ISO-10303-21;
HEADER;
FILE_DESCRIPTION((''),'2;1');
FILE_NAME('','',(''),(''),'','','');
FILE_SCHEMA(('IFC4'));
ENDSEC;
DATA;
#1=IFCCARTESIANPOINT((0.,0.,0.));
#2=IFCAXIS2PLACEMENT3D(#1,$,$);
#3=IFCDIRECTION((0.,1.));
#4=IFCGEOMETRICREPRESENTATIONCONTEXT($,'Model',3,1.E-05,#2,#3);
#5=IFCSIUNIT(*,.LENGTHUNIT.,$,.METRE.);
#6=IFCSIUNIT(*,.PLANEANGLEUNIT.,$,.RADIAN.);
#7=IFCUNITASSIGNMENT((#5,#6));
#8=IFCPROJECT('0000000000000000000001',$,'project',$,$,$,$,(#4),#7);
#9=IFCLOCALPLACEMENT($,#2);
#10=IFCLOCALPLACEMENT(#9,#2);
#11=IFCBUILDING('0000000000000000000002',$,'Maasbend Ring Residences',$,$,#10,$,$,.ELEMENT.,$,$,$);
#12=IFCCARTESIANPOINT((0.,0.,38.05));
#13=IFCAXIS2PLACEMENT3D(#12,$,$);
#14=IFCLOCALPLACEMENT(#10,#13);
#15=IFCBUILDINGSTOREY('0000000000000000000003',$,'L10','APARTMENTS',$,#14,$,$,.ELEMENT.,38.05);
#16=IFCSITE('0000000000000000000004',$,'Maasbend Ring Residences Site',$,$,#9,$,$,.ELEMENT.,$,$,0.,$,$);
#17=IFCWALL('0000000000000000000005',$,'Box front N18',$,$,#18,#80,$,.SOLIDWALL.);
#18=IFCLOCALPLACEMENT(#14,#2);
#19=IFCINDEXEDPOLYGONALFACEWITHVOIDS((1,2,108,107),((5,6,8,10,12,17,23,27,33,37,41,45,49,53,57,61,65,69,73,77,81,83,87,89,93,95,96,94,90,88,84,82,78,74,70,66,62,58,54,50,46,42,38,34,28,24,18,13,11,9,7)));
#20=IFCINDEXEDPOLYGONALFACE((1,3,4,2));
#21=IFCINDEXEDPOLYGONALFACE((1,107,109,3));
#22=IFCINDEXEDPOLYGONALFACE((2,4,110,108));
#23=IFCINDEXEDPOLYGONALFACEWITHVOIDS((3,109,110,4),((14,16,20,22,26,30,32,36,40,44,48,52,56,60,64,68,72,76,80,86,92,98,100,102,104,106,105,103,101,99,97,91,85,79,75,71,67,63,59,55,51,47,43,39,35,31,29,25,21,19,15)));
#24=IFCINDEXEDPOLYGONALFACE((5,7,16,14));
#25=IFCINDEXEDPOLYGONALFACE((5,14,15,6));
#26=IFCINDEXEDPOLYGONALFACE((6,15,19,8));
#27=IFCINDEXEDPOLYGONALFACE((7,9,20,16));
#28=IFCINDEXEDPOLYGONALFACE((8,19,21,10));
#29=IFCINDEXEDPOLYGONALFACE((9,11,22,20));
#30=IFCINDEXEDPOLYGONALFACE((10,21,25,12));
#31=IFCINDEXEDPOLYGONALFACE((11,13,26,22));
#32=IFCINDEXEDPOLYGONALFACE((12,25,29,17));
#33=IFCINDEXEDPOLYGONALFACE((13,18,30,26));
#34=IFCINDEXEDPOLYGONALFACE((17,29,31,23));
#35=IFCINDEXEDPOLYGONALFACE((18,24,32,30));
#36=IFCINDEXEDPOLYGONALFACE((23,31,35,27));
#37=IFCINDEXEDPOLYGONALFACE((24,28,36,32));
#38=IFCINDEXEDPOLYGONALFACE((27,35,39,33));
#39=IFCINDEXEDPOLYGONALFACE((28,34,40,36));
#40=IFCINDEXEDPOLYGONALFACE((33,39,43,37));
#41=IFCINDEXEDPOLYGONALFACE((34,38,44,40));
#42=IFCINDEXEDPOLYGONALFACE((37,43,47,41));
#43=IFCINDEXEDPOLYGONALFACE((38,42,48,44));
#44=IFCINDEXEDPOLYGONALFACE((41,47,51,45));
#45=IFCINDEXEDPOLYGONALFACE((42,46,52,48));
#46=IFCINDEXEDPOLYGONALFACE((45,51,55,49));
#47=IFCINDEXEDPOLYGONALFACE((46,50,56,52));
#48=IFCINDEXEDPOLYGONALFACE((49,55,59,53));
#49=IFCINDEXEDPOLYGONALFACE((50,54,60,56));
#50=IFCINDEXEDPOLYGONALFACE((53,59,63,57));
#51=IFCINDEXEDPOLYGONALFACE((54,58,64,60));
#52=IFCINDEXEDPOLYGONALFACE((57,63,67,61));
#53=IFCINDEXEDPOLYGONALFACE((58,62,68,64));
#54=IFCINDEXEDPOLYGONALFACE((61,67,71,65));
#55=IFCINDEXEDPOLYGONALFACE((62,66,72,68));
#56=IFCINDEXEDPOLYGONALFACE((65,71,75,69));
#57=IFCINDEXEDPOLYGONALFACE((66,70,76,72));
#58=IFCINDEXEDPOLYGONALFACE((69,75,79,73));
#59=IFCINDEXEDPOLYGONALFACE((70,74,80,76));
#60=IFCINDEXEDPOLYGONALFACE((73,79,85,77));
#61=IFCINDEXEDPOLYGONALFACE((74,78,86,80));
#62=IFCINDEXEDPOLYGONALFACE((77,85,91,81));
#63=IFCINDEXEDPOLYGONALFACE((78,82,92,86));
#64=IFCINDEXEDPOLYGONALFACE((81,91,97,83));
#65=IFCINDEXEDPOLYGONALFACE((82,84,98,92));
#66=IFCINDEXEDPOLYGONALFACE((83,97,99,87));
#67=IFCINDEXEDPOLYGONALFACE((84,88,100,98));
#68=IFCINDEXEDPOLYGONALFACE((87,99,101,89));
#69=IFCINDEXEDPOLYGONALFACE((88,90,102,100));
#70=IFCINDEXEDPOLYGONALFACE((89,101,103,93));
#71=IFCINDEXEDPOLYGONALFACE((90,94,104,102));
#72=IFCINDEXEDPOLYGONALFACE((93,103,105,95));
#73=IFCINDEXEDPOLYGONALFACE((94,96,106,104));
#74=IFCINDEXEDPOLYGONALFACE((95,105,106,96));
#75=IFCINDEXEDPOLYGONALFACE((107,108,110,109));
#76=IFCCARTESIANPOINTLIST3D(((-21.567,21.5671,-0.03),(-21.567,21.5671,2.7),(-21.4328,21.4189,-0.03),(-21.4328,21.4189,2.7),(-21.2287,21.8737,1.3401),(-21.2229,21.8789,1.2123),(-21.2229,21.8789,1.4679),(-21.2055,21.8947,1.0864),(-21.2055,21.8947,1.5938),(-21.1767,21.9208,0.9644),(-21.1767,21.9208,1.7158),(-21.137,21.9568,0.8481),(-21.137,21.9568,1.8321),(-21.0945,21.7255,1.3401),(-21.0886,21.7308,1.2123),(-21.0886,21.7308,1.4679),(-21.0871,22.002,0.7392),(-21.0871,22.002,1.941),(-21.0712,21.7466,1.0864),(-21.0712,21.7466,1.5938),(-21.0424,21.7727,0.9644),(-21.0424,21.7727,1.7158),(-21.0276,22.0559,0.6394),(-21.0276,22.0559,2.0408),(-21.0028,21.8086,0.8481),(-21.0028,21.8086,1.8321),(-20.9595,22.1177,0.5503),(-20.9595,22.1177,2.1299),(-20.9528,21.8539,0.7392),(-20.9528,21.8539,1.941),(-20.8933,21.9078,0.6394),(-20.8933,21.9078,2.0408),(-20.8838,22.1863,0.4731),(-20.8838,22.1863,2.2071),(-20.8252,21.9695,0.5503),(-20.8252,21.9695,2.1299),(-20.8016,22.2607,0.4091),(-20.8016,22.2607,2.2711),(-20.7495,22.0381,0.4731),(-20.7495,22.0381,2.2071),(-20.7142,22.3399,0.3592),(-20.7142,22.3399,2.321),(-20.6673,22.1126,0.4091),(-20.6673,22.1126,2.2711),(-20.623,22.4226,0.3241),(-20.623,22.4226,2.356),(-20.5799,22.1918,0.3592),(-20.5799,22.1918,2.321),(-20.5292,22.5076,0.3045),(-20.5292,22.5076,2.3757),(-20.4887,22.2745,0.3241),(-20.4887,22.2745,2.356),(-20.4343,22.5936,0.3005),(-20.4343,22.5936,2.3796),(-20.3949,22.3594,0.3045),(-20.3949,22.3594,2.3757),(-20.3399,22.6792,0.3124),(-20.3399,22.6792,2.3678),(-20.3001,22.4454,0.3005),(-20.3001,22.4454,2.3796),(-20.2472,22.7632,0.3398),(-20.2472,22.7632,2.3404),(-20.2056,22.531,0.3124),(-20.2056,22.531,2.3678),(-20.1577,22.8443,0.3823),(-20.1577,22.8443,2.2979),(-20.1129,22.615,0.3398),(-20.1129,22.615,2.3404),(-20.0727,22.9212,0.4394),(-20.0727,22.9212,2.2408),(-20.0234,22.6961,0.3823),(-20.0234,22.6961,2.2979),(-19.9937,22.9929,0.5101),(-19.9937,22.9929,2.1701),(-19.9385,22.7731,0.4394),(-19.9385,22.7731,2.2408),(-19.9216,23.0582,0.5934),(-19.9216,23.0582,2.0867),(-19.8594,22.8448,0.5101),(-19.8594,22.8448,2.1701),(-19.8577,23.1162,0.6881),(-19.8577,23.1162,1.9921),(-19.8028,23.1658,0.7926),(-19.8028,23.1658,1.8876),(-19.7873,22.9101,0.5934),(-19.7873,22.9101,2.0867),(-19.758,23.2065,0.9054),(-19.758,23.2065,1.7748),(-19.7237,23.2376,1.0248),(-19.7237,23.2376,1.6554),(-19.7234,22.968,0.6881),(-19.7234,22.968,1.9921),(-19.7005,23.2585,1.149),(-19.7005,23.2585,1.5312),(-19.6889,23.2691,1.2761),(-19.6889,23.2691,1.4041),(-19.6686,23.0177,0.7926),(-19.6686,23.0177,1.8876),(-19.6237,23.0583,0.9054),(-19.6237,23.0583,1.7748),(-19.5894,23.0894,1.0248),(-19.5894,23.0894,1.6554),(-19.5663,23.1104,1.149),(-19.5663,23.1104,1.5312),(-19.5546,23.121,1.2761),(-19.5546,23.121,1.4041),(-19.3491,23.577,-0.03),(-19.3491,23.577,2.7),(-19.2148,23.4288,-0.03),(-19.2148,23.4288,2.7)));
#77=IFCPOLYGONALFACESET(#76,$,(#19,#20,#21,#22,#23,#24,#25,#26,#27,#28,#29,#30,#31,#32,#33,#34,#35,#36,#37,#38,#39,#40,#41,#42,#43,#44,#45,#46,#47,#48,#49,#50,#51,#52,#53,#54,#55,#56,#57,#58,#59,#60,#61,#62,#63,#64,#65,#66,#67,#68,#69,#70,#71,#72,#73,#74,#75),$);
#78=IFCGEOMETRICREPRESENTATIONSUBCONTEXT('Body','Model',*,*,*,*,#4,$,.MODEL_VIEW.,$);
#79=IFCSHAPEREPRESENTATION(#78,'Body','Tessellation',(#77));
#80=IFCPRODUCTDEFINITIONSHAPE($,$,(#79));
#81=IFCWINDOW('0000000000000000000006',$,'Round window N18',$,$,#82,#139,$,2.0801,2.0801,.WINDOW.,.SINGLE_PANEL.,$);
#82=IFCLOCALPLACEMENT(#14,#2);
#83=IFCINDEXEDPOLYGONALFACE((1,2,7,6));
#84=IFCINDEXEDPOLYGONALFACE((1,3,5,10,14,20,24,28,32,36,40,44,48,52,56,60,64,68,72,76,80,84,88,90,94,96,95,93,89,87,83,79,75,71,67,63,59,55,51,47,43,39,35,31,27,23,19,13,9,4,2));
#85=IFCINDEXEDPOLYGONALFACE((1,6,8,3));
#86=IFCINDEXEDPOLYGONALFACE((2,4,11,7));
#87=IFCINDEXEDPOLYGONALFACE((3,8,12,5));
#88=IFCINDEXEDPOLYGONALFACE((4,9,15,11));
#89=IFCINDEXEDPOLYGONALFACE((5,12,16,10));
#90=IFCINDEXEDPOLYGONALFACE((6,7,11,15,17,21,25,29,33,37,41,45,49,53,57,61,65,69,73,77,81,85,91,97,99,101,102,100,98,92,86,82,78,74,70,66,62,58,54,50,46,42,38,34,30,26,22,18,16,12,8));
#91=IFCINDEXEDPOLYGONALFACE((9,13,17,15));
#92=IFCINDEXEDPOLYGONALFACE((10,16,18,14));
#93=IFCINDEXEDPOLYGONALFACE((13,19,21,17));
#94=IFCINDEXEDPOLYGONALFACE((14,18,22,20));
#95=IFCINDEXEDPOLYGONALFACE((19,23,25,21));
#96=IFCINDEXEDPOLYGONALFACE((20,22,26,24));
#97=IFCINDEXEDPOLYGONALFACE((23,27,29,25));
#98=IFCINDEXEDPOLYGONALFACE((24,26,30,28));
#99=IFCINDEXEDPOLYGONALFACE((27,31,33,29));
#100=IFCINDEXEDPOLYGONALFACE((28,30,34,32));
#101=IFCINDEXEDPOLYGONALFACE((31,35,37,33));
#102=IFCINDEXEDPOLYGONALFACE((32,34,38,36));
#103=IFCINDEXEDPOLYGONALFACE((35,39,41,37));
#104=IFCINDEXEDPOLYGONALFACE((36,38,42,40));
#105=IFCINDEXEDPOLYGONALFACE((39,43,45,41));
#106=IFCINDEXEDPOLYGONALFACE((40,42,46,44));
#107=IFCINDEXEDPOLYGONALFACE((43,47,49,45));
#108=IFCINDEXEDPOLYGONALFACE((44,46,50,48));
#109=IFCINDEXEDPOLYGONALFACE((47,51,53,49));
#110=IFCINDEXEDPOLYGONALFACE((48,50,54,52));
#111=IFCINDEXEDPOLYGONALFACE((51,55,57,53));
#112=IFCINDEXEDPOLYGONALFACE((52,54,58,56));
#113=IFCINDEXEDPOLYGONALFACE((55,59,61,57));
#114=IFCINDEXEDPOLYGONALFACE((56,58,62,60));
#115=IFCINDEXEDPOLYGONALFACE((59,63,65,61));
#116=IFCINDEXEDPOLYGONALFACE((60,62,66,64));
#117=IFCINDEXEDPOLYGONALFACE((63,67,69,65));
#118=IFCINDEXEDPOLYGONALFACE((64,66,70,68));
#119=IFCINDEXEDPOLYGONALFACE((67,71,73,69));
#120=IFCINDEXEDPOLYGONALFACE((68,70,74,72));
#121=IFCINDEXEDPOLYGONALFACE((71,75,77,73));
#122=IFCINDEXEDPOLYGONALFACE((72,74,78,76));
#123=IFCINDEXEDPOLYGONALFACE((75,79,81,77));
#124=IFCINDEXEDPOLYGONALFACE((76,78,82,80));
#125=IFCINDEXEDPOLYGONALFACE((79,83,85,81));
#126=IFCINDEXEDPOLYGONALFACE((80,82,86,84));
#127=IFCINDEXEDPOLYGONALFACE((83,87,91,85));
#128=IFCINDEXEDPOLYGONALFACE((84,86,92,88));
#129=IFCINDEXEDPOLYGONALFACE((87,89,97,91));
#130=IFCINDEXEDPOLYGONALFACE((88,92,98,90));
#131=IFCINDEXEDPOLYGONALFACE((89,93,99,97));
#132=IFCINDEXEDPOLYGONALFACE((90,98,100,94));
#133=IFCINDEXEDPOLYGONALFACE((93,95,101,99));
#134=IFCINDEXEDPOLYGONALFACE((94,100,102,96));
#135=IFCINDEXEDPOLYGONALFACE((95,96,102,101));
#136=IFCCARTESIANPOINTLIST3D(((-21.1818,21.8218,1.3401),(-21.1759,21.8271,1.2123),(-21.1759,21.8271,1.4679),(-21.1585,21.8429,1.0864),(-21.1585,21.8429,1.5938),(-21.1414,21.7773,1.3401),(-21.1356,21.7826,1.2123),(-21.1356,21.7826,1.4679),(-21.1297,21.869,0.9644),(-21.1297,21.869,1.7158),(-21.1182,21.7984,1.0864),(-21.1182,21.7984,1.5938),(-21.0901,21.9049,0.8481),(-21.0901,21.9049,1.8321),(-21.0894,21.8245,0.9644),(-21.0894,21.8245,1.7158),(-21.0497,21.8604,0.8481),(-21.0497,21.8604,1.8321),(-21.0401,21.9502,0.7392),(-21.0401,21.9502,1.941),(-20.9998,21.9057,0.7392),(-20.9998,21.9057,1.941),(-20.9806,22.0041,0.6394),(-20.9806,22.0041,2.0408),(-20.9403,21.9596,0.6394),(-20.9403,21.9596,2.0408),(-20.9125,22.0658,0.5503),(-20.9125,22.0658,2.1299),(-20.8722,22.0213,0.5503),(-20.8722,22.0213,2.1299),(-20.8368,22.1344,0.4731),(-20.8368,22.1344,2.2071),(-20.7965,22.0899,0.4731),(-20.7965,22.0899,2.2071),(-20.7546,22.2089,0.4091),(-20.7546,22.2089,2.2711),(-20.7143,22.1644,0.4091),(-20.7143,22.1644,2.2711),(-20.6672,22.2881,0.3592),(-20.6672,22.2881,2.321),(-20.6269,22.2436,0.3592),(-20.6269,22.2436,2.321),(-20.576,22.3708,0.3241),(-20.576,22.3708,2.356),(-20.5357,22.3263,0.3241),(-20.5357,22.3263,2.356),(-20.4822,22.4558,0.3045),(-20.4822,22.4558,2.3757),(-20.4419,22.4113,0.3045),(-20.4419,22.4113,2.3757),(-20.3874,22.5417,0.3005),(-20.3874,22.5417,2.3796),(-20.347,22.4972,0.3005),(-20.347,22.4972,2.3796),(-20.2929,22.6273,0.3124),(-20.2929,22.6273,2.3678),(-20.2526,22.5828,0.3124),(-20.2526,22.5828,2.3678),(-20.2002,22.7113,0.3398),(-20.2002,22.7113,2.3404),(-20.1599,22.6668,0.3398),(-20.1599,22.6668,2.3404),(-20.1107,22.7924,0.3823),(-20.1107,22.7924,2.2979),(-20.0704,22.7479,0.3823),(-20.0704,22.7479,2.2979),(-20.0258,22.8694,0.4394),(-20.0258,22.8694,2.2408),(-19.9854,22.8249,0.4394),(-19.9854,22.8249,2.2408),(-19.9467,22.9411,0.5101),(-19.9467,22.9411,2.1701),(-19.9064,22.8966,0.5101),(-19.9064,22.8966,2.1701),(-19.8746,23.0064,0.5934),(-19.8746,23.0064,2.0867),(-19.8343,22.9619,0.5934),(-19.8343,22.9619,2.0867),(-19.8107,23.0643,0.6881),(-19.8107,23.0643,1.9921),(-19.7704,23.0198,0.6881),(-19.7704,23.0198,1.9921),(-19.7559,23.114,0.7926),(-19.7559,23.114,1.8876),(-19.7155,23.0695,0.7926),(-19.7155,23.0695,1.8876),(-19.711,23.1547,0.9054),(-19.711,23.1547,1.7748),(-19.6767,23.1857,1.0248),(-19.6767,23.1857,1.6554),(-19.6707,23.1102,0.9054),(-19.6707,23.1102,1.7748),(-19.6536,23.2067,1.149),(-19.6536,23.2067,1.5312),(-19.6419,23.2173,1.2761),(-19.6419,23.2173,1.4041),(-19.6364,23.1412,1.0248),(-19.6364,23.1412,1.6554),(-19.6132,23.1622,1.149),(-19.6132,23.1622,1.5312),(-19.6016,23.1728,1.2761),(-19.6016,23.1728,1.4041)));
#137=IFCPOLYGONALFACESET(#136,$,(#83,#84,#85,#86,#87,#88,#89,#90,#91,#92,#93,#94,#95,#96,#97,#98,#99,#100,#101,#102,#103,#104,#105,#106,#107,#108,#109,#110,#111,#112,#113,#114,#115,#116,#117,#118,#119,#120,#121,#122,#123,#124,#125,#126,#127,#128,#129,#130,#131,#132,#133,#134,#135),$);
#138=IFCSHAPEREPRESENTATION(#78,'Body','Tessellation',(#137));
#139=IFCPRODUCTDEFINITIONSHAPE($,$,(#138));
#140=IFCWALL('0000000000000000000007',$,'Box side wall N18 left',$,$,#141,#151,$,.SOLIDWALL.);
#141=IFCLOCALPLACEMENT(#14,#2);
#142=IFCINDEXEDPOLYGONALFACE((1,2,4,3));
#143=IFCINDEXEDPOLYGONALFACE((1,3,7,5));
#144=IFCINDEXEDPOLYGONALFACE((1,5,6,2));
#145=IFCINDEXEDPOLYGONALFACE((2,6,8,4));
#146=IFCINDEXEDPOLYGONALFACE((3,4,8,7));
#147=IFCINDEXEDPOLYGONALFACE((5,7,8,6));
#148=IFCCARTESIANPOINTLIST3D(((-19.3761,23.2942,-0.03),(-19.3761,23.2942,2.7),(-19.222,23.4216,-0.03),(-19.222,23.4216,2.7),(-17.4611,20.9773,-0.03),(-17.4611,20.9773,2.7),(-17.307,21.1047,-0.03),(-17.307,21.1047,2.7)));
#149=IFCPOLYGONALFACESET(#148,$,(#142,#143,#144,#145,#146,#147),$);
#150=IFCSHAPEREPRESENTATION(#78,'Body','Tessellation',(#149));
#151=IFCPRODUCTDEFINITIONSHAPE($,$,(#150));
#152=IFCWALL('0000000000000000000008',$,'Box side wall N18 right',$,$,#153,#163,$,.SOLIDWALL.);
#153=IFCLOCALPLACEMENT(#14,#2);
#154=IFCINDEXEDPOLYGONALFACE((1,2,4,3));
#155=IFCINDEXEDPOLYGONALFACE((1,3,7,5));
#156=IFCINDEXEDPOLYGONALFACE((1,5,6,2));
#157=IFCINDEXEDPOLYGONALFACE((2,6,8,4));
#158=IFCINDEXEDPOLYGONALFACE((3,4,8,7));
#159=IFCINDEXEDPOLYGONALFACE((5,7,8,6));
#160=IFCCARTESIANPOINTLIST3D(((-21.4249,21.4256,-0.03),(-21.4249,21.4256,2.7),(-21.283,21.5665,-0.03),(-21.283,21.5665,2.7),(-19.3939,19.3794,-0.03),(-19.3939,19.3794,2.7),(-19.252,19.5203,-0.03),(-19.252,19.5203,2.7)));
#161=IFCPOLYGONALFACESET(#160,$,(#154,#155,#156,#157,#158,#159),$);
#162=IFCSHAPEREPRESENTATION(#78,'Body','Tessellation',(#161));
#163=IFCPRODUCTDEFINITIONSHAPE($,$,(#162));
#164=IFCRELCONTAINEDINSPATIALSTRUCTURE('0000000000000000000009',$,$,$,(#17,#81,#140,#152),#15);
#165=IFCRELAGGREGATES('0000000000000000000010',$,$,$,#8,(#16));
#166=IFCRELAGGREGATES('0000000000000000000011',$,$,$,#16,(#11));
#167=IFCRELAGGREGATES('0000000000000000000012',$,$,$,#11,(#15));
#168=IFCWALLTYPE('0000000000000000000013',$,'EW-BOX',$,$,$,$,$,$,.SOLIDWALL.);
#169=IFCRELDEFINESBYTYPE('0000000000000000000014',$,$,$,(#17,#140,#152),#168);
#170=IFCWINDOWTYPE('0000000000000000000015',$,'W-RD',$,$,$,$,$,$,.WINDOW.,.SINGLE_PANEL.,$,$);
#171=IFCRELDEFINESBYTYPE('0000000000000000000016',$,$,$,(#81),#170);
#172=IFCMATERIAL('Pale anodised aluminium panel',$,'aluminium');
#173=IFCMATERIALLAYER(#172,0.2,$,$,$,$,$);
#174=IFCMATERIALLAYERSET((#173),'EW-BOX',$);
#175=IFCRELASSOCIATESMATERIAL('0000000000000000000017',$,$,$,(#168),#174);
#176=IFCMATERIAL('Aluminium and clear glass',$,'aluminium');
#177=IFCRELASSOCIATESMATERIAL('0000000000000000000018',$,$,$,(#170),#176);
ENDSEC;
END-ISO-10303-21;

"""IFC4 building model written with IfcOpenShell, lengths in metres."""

from ifc_helpers import new_model, si_unit, direction, frame, frame_2d, origin, place, context, subcontext, project, spatial, rectangle, circle, extrude, material, layer, layer_set, type_object, element, fill, save


model = new_model("IFC4")

# Units and contexts
model_context = context("Model", 3, precision=1e-05, world=origin(), true_north=direction((0.0, 1.0)))
body_context = subcontext(model_context, "Body", "Model", "MODEL_VIEW")
ifc_project = project(units=[si_unit("LENGTHUNIT", "METRE"), si_unit("PLANEANGLEUNIT", "RADIAN")], contexts=[model_context])

# Site, building, storey
site_placement = place(None, origin())
site = spatial("IfcSite", under=ifc_project, at=site_placement, Name="Maasbend Ring Residences Site", CompositionType="ELEMENT", RefElevation=0.0)
building_placement = place(site_placement, origin())
building = spatial("IfcBuilding", under=site, at=building_placement, Name="Maasbend Ring Residences", CompositionType="ELEMENT")
storey_placement = place(building_placement, frame((0.0, 0.0, 38.05)))
storey = spatial("IfcBuildingStorey", under=building, at=storey_placement, Name="L10", Description="APARTMENTS", CompositionType="ELEMENT", Elevation=38.05)

# Shared definitions
ifc_material_1 = material(Name="Pale anodised aluminium panel", Category="aluminium")
ifc_layer_1 = layer(ifc_material_1, 0.2)
ifc_layer_set_1 = layer_set([ifc_layer_1], Name="EW-BOX")
wall_type_1 = type_object("IfcWallType", Name="EW-BOX", PredefinedType="SOLIDWALL", material=ifc_layer_set_1)
ifc_material_2 = material(Name="Aluminium and clear glass", Category="aluminium")
window_type_1 = type_object("IfcWindowType", Name="W-RD", PartitioningType="SINGLE_PANEL", PredefinedType="WINDOW", material=ifc_material_2)

# Wall, opening, window
wall_1_placement = place(storey_placement, frame((-19.282, 23.5029, -0.03), z_axis=(0.0, 0.0, 1.0), x_axis=(-0.740998, -0.671507, 0.0)))
wall_1 = element("IfcWall", 1, at=wall_1_placement, inside=storey, type_object=wall_type_1, Name="Box front N18", PredefinedType="SOLIDWALL", context=body_context, shape_type="SweptSolid", body=[
    extrude(rectangle(XDim=2.9932, YDim=0.2, at=frame_2d((1.4966, 0.0))), origin(), (0.0, 0.0, 1.0), 2.73),
])
opening_1_placement = place(wall_1_placement, frame((0.4565, 0.0, 0.3301)))
opening_1 = element("IfcOpeningElement", 2, at=opening_1_placement, cuts=wall_1, PredefinedType="OPENING", context=body_context, shape_type="SweptSolid", body=[
    extrude(circle(Radius=1.04, at=frame_2d((1.04, 1.04))), frame((0.0, 0.1099, 0.0), z_axis=(0.0, -1.0, 0.0), x_axis=(1.0, 0.0, 0.0)), (0.0, 0.0, 1.0), 0.22),
])
window_1_placement = place(opening_1_placement, origin())
window_1 = element("IfcWindow", 3, at=window_1_placement, inside=storey, type_object=window_type_1, Name="Round window N18", OverallHeight=2.0801, OverallWidth=2.0801, PartitioningType="SINGLE_PANEL", PredefinedType="WINDOW", context=body_context, shape_type="SweptSolid", body=[
    extrude(circle(Radius=1.04, at=frame_2d((1.04, 1.04))), frame((0.0, 0.03, 0.0), z_axis=(0.0, -1.0, 0.0), x_axis=(1.0, 0.0, 0.0)), (0.0, 0.0, 1.0), 0.0601),
])
fill(opening_1, window_1)

# Walls
wall_2_placement = place(storey_placement, frame((-17.384, 21.041, -0.03), z_axis=(0.0, 0.0, 1.0), x_axis=(-0.637096, 0.770785, 0.0)))
element("IfcWall", 4, at=wall_2_placement, inside=storey, type_object=wall_type_1, Name="Box side wall N18 left", PredefinedType="SOLIDWALL", context=body_context, shape_type="SweptSolid", body=[
    extrude(rectangle(XDim=3.0059, YDim=0.2, at=frame_2d((1.5029, 0.0))), origin(), (0.0, 0.0, 1.0), 2.73),
])
wall_3_placement = place(storey_placement, frame((-19.323, 19.45, -0.03), z_axis=(0.0, 0.0, 1.0), x_axis=(-0.704477, 0.709727, 0.0)))
element("IfcWall", 5, at=wall_3_placement, inside=storey, type_object=wall_type_1, Name="Box side wall N18 right", PredefinedType="SOLIDWALL", context=body_context, shape_type="SweptSolid", body=[
    extrude(rectangle(XDim=2.8831, YDim=0.2, at=frame_2d((1.4414, 0.0))), origin(), (0.0, 0.0, 1.0), 2.73),
])

save(model, "model.ifc")
